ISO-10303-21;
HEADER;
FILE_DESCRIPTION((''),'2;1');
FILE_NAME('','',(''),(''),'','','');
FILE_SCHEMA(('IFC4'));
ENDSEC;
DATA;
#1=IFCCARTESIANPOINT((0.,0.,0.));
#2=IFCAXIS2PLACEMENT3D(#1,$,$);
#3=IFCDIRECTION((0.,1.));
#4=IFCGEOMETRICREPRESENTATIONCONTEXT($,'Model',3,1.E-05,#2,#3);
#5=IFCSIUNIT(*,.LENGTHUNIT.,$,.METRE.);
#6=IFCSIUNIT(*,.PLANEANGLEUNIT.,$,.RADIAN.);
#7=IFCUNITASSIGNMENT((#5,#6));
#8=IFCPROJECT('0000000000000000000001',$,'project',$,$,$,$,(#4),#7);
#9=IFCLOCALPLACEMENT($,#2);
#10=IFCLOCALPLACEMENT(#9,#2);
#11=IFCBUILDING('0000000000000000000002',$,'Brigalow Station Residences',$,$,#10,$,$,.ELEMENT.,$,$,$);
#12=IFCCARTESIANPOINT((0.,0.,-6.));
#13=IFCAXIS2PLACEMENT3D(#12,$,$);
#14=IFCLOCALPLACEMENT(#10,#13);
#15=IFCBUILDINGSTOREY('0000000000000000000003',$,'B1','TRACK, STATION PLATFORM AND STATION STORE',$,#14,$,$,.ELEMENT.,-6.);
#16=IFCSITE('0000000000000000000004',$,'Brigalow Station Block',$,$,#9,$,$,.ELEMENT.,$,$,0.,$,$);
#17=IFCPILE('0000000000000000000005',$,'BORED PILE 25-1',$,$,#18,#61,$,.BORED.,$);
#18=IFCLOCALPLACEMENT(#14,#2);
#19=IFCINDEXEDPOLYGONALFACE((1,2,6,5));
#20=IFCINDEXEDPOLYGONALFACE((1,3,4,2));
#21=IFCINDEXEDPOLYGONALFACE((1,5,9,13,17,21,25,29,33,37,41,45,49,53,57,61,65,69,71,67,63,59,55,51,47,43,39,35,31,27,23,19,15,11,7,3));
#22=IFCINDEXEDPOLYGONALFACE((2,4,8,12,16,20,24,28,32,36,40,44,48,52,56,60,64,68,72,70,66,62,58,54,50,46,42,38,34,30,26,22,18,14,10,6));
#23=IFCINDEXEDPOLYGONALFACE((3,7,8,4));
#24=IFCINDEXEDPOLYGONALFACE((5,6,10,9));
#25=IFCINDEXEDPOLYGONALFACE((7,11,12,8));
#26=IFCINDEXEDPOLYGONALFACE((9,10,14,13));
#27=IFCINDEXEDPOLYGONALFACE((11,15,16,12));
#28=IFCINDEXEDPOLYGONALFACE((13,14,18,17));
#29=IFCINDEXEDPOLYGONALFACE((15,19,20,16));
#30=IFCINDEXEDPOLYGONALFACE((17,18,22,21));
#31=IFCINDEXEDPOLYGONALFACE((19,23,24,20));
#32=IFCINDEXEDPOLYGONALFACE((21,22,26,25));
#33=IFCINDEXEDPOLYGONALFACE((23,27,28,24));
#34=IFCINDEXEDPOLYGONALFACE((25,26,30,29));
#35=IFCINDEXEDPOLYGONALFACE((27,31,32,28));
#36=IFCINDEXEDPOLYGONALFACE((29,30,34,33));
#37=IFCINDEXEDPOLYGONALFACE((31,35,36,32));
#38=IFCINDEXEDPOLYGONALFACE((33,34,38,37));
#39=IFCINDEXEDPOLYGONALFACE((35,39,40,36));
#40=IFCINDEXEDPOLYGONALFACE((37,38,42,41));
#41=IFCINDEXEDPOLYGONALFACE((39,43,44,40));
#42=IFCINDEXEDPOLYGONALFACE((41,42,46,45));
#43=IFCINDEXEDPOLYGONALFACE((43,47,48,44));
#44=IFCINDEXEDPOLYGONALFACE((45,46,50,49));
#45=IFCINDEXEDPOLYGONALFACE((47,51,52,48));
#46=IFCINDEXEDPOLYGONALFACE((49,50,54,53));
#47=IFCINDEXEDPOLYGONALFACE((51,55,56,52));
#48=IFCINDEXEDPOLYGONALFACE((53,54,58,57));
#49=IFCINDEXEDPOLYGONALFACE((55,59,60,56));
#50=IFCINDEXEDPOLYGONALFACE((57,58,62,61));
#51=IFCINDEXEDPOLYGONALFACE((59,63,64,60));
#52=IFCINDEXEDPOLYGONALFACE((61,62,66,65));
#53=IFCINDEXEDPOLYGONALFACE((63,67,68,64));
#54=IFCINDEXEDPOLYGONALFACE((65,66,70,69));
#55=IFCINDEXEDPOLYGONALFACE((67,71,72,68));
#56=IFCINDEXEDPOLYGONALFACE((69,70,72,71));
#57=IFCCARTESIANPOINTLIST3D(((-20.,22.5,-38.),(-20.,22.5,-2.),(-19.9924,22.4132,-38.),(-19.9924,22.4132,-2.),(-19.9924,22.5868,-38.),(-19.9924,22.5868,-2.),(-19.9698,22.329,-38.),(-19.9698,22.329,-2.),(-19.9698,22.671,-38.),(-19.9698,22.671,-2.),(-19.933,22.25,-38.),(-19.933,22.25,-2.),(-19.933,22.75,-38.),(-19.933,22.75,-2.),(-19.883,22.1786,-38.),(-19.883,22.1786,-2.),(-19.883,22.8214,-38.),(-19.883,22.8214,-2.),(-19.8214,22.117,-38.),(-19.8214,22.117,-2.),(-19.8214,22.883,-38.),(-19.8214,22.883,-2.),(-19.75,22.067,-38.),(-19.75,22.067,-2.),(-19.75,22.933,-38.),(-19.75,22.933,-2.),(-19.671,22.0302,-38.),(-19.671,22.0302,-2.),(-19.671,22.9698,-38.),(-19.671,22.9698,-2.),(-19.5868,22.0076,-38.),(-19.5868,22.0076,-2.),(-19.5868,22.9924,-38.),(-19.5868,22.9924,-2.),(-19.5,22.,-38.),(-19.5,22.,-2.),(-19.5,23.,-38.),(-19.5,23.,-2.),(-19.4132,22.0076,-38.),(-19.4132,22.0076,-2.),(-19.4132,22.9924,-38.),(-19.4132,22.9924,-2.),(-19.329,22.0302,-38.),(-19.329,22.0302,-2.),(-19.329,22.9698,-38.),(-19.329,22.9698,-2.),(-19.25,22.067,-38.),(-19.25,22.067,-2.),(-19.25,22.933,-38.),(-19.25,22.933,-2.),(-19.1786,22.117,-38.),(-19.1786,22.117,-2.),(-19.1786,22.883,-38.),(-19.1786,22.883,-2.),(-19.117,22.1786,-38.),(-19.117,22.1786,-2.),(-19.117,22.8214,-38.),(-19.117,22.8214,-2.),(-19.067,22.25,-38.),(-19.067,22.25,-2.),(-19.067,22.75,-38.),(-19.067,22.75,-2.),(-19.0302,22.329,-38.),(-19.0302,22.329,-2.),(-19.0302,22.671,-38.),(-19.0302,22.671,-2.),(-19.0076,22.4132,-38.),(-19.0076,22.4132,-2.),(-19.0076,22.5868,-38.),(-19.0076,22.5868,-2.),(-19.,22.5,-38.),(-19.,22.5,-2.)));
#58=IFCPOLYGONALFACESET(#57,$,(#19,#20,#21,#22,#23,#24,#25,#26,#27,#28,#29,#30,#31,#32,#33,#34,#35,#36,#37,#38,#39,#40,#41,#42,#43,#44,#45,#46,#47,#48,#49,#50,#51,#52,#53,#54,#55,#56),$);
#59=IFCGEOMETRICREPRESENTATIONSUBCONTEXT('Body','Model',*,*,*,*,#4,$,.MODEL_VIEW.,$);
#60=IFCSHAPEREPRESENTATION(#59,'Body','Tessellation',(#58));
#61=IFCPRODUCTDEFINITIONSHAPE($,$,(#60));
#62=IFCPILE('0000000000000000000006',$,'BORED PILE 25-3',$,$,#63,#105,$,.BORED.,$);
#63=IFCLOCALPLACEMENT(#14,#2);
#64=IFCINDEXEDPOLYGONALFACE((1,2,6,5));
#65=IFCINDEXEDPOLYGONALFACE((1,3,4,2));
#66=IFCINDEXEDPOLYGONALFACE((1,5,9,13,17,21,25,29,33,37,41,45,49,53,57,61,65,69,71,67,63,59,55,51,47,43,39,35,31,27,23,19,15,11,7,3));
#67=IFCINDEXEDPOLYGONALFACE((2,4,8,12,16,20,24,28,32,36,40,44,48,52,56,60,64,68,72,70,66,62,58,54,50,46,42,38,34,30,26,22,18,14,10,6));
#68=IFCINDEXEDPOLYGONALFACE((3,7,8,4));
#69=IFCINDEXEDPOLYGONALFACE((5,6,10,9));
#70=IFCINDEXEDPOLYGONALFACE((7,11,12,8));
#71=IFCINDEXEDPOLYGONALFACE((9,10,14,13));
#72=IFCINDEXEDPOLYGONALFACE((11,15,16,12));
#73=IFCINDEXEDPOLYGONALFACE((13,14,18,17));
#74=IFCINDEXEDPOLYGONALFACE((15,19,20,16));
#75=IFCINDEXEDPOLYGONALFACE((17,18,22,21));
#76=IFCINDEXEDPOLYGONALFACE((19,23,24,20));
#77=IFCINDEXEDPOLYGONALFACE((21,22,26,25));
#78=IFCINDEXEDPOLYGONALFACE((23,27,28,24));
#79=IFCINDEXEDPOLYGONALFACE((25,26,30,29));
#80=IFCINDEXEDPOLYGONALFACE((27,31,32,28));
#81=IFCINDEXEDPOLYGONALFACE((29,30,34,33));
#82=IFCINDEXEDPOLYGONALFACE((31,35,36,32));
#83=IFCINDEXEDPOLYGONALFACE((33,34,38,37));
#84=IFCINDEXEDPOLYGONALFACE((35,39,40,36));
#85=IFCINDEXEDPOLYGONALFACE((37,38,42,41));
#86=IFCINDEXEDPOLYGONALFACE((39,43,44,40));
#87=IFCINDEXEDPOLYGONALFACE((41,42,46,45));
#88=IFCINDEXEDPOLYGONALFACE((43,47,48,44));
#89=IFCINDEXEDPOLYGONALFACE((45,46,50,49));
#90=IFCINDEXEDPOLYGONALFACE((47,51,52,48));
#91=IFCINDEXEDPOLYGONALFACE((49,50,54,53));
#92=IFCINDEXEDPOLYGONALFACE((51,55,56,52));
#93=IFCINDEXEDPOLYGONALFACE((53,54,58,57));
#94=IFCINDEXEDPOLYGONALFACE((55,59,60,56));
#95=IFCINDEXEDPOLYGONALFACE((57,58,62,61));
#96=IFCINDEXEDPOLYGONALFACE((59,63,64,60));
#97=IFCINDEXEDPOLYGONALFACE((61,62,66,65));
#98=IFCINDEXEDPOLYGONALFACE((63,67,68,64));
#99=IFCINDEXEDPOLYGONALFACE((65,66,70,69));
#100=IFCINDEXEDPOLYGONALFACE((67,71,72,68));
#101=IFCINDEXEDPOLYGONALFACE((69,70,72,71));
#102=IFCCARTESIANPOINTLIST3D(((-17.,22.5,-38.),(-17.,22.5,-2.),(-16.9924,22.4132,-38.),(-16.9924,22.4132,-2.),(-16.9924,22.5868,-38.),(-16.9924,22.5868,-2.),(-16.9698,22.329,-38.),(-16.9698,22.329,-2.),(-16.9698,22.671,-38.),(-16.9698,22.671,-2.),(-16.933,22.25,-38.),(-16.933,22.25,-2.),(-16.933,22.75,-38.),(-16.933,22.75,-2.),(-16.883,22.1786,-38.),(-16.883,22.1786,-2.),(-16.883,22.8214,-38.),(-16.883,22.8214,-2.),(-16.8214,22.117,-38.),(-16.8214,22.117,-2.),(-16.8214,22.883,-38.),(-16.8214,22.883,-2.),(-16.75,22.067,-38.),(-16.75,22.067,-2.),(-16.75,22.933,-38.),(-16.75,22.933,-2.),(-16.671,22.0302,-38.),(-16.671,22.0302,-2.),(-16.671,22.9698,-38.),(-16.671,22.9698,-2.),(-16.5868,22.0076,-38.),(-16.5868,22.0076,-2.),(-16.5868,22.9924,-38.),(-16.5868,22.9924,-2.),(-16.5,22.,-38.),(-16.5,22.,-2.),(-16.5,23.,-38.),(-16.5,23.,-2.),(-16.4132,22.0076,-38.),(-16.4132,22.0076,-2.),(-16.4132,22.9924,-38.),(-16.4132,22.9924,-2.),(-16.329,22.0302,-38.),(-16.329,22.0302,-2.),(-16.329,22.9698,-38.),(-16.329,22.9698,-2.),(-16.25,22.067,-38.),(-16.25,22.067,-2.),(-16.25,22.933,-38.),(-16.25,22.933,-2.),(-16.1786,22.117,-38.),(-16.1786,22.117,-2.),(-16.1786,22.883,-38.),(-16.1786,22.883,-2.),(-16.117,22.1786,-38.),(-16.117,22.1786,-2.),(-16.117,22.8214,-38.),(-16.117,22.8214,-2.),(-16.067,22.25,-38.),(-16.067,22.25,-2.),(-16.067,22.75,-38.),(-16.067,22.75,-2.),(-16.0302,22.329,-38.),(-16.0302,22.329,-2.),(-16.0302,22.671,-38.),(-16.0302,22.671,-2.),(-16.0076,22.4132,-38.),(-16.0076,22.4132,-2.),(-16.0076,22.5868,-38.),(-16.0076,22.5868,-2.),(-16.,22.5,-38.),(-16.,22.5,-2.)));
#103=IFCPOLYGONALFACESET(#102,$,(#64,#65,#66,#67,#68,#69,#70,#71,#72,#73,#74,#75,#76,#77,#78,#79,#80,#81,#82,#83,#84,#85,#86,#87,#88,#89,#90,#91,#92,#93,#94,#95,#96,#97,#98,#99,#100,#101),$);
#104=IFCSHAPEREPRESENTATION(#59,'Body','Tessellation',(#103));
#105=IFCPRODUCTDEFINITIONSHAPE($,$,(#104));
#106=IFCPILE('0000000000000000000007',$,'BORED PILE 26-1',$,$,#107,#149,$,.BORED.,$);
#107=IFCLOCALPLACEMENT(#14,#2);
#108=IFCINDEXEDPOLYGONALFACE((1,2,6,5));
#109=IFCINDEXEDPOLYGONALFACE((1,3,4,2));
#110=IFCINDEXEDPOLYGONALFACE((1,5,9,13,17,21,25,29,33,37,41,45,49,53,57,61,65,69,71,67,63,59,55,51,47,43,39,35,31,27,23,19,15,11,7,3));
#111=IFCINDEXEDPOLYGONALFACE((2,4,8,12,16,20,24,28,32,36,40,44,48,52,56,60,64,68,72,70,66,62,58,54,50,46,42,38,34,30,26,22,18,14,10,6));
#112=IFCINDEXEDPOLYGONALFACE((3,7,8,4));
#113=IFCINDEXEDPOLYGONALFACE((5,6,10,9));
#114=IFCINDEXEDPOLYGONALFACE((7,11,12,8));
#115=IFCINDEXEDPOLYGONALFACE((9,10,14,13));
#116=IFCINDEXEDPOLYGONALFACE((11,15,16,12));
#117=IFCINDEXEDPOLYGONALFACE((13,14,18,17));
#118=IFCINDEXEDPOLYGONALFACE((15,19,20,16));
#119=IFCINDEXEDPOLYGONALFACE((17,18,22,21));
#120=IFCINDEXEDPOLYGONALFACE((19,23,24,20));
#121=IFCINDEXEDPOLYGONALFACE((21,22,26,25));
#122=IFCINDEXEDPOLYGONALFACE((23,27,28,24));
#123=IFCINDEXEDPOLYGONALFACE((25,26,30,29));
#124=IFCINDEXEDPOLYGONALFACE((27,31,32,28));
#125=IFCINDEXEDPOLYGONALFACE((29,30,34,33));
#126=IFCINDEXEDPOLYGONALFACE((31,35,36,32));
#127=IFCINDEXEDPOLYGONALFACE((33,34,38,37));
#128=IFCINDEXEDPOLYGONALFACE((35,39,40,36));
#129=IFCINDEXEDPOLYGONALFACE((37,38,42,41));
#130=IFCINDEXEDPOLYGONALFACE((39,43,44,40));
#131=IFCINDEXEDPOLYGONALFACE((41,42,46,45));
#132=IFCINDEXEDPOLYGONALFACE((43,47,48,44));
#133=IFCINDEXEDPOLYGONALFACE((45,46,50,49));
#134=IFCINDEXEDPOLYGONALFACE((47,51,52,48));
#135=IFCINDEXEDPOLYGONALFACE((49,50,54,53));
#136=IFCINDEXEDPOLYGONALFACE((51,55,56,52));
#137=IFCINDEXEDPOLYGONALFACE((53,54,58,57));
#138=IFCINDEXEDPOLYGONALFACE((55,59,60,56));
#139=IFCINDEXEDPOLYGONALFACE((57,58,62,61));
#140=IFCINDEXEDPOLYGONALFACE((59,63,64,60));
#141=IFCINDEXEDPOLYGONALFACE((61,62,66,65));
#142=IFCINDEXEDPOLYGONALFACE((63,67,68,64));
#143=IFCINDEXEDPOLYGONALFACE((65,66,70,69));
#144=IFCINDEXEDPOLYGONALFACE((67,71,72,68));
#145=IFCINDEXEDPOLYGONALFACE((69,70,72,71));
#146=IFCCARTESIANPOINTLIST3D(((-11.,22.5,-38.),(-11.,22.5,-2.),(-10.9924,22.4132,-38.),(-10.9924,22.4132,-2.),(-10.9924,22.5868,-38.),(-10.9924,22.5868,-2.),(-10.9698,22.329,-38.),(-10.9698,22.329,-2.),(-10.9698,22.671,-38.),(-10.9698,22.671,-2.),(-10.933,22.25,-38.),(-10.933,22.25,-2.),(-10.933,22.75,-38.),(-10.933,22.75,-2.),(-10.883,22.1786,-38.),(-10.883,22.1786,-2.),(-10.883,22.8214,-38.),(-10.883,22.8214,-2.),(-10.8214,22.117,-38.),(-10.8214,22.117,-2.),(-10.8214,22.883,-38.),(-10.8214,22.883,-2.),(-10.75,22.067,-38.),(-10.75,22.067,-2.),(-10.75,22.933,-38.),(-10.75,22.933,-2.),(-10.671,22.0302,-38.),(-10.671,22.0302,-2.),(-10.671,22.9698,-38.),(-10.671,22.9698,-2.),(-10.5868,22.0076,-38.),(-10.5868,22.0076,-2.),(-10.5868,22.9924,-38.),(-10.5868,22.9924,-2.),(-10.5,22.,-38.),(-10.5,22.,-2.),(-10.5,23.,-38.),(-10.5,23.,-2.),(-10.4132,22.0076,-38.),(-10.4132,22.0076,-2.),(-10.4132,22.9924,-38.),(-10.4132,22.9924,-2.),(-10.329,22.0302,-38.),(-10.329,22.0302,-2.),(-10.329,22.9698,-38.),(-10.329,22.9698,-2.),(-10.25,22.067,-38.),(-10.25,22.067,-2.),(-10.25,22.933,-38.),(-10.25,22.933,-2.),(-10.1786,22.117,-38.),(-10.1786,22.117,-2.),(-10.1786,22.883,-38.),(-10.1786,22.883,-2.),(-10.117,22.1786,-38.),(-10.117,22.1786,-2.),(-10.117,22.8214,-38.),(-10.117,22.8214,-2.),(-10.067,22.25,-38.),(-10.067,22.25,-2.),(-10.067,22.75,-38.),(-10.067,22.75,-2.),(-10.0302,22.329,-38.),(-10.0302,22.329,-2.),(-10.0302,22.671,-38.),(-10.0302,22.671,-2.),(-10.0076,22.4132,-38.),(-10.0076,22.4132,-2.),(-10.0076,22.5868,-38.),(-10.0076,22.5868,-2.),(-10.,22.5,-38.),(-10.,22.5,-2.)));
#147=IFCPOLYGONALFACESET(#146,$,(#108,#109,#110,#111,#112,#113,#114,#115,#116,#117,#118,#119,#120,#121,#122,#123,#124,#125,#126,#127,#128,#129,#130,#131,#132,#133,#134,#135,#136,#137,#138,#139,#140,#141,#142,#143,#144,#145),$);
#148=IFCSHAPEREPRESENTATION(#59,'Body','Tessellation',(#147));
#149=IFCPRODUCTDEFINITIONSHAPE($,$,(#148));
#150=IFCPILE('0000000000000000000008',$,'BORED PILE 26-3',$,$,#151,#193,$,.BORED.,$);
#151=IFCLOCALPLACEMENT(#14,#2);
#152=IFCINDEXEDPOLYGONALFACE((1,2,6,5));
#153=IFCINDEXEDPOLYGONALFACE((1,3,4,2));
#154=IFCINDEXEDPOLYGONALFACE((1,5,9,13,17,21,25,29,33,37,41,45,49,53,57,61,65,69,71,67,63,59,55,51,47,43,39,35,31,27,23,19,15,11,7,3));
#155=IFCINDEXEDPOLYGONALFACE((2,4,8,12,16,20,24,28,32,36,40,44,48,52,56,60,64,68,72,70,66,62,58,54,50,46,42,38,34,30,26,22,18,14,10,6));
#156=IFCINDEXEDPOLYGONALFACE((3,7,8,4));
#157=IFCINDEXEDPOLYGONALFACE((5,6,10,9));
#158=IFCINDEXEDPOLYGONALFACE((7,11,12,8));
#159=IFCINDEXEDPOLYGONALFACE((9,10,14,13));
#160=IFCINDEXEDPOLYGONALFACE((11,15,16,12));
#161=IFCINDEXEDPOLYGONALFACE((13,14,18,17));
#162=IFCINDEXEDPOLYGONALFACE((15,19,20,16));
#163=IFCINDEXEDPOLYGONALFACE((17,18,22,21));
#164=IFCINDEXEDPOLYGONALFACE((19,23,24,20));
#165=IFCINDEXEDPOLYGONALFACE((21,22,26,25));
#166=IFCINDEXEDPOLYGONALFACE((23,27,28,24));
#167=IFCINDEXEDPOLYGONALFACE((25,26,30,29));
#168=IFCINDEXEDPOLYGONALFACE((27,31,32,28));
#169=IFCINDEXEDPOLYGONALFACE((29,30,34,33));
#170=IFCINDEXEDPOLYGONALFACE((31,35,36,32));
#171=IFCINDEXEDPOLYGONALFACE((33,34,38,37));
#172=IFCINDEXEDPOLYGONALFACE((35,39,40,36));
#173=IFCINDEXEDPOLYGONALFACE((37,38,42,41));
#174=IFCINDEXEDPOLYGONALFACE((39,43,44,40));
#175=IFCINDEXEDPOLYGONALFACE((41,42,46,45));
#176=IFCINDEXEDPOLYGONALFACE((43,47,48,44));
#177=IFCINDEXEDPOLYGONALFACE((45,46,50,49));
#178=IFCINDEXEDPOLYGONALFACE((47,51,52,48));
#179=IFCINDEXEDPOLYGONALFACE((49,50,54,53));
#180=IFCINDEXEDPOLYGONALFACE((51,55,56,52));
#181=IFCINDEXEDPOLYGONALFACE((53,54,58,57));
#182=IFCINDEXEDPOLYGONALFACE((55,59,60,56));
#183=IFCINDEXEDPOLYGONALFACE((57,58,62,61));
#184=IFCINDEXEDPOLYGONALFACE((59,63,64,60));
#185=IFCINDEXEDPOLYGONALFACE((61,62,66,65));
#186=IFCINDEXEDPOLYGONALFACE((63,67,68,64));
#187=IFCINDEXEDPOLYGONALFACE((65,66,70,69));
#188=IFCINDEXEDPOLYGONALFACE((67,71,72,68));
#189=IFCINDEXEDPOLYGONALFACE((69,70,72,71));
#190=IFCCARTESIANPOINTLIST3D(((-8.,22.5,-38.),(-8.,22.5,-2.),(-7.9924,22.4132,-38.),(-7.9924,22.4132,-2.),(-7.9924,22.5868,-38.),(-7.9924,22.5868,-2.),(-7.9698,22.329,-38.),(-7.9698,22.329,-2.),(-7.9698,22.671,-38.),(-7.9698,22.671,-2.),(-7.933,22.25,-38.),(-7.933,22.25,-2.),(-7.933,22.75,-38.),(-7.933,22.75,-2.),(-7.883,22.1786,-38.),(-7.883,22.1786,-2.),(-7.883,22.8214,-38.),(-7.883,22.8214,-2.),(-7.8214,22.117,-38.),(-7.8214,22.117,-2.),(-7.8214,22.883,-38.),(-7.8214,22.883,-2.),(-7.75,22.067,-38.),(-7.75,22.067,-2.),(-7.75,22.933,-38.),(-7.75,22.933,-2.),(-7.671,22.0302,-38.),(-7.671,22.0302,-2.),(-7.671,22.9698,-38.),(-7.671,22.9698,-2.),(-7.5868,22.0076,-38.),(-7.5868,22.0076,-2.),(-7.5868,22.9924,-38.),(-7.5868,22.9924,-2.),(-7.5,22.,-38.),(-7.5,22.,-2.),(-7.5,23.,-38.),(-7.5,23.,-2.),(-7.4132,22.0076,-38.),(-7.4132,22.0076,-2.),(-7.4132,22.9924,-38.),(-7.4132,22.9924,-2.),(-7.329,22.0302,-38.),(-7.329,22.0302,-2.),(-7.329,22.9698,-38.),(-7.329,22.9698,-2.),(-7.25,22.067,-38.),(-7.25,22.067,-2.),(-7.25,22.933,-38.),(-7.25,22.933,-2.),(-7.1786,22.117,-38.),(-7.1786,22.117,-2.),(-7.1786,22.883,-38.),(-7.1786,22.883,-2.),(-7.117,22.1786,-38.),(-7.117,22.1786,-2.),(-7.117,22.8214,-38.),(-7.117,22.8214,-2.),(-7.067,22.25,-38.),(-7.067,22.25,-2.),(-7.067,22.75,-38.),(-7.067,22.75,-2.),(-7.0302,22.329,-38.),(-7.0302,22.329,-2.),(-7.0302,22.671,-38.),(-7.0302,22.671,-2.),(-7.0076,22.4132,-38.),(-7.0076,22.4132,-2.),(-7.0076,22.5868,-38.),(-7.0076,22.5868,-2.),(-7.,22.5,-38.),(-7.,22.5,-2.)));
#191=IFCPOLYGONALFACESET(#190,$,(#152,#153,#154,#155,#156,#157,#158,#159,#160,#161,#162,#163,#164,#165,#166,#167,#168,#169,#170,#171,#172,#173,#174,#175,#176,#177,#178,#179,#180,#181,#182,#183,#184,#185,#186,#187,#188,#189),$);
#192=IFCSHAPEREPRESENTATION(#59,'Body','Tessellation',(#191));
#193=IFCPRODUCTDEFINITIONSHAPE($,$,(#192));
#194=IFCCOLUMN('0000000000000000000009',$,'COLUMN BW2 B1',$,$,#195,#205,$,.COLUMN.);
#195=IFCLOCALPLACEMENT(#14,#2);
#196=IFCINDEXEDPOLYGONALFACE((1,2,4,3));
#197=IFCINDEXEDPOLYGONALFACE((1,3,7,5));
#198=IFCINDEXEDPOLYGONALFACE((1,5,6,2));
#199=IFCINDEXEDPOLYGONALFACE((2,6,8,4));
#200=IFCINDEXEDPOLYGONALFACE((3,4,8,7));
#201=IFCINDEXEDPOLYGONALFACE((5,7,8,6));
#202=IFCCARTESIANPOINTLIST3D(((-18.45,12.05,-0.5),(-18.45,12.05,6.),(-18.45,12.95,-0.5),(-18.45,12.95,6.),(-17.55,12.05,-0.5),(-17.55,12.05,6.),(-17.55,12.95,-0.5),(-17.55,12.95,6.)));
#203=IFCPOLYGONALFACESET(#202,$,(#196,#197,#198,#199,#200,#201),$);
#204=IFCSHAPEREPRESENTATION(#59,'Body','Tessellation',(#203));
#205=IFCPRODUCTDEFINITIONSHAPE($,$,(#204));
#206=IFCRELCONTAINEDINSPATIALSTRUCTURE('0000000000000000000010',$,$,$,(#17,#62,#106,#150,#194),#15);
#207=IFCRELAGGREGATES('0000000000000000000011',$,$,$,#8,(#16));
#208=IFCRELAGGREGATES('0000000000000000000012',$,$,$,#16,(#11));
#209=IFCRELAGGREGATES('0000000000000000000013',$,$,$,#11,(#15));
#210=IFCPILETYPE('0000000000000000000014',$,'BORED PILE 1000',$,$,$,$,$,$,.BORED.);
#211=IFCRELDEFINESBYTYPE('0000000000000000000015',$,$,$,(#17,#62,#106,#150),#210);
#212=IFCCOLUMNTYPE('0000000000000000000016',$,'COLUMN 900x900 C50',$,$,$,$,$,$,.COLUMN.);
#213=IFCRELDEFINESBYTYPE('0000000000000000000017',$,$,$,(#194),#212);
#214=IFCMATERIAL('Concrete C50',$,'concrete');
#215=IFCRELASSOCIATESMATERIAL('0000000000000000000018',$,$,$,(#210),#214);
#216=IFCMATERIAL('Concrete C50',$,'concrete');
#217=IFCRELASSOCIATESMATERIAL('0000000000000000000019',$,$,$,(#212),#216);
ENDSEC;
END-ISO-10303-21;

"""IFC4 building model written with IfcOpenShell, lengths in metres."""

from ifc_helpers import new_model, si_unit, direction, frame, origin, origin_2d, place, context, subcontext, project, spatial, rectangle, circle, extrude, material, material_profile, profile_set, type_object, element, save


model = new_model("IFC4")

# Units and contexts
model_context = context("Model", 3, precision=1e-05, world=origin(), true_north=direction((0.0, 1.0)))
body_context = subcontext(model_context, "Body", "Model", "MODEL_VIEW")
ifc_project = project(units=[si_unit("LENGTHUNIT", "METRE"), si_unit("PLANEANGLEUNIT", "RADIAN")], contexts=[model_context])

# Site, building, storey
site_placement = place(None, origin())
site = spatial("IfcSite", under=ifc_project, at=site_placement, Name="Brigalow Station Block", CompositionType="ELEMENT", RefElevation=0.0)
building_placement = place(site_placement, origin())
building = spatial("IfcBuilding", under=site, at=building_placement, Name="Brigalow Station Residences", CompositionType="ELEMENT")
storey_placement = place(building_placement, frame((0.0, 0.0, -6.0)))
storey = spatial("IfcBuildingStorey", under=building, at=storey_placement, Name="B1", Description="TRACK, STATION PLATFORM AND STATION STORE", CompositionType="ELEMENT", Elevation=-6.0)

# Piles
ifc_material_1 = material(Name="Concrete C50", Category="concrete")
ifc_material_profile_1 = material_profile(ifc_material_1, circle(Radius=0.5, at=origin_2d()), Name="BP1000")
ifc_profile_set_1 = profile_set([ifc_material_profile_1], Name="Concrete C50")
pile_type = type_object("IfcPileType", Name="BORED PILE 1000", PredefinedType="BORED", material=ifc_profile_set_1)
for number, where, z_axis, x_axis, name in (
    (1, (-19.5, 22.5, -2.0), (0.0, 0.0, -1.0), (1.0, 0.0, 0.0), "BORED PILE 25-1"),
    (2, (-16.5, 22.5, -2.0), (0.0, 0.0, -1.0), (1.0, 0.0, 0.0), "BORED PILE 25-3"),
    (3, (-10.5, 22.5, -2.0), (0.0, 0.0, -1.0), (1.0, 0.0, 0.0), "BORED PILE 26-1"),
    (4, (-7.5, 22.5, -2.0), (0.0, 0.0, -1.0), (1.0, 0.0, 0.0), "BORED PILE 26-3"),
):
    element("IfcPile", number, at=place(storey_placement, frame(where, z_axis=z_axis, x_axis=x_axis)), inside=storey, type_object=pile_type, Name=name, PredefinedType="BORED", context=body_context, shape_type="SweptSolid", body=[
        extrude(circle(Radius=0.5, at=origin_2d()), origin(), (0.0, 0.0, 1.0), 36.0),
    ])

# Column
ifc_material_2 = material(Name="Concrete C50", Category="concrete")
ifc_material_profile_2 = material_profile(ifc_material_2, rectangle(XDim=0.8999, YDim=0.8999, at=origin_2d()), Name="RC900x900")
ifc_profile_set_2 = profile_set([ifc_material_profile_2], Name="Concrete C50")
column_type_1 = type_object("IfcColumnType", Name="COLUMN 900x900 C50", PredefinedType="COLUMN", material=ifc_profile_set_2)
for number, where, z_axis, x_axis, name in (
    (5, (-18.0, 12.5, -0.5), (0.0, 0.0, 1.0), (1.0, 0.0, 0.0), "COLUMN BW2 B1"),
):
    element("IfcColumn", number, at=place(storey_placement, frame(where, z_axis=z_axis, x_axis=x_axis)), inside=storey, type_object=column_type_1, Name=name, PredefinedType="COLUMN", context=body_context, shape_type="SweptSolid", body=[
        extrude(rectangle(XDim=0.8999, YDim=0.8999, at=origin_2d()), origin(), (0.0, 0.0, 1.0), 6.5),
    ])

save(model, "model.ifc")
